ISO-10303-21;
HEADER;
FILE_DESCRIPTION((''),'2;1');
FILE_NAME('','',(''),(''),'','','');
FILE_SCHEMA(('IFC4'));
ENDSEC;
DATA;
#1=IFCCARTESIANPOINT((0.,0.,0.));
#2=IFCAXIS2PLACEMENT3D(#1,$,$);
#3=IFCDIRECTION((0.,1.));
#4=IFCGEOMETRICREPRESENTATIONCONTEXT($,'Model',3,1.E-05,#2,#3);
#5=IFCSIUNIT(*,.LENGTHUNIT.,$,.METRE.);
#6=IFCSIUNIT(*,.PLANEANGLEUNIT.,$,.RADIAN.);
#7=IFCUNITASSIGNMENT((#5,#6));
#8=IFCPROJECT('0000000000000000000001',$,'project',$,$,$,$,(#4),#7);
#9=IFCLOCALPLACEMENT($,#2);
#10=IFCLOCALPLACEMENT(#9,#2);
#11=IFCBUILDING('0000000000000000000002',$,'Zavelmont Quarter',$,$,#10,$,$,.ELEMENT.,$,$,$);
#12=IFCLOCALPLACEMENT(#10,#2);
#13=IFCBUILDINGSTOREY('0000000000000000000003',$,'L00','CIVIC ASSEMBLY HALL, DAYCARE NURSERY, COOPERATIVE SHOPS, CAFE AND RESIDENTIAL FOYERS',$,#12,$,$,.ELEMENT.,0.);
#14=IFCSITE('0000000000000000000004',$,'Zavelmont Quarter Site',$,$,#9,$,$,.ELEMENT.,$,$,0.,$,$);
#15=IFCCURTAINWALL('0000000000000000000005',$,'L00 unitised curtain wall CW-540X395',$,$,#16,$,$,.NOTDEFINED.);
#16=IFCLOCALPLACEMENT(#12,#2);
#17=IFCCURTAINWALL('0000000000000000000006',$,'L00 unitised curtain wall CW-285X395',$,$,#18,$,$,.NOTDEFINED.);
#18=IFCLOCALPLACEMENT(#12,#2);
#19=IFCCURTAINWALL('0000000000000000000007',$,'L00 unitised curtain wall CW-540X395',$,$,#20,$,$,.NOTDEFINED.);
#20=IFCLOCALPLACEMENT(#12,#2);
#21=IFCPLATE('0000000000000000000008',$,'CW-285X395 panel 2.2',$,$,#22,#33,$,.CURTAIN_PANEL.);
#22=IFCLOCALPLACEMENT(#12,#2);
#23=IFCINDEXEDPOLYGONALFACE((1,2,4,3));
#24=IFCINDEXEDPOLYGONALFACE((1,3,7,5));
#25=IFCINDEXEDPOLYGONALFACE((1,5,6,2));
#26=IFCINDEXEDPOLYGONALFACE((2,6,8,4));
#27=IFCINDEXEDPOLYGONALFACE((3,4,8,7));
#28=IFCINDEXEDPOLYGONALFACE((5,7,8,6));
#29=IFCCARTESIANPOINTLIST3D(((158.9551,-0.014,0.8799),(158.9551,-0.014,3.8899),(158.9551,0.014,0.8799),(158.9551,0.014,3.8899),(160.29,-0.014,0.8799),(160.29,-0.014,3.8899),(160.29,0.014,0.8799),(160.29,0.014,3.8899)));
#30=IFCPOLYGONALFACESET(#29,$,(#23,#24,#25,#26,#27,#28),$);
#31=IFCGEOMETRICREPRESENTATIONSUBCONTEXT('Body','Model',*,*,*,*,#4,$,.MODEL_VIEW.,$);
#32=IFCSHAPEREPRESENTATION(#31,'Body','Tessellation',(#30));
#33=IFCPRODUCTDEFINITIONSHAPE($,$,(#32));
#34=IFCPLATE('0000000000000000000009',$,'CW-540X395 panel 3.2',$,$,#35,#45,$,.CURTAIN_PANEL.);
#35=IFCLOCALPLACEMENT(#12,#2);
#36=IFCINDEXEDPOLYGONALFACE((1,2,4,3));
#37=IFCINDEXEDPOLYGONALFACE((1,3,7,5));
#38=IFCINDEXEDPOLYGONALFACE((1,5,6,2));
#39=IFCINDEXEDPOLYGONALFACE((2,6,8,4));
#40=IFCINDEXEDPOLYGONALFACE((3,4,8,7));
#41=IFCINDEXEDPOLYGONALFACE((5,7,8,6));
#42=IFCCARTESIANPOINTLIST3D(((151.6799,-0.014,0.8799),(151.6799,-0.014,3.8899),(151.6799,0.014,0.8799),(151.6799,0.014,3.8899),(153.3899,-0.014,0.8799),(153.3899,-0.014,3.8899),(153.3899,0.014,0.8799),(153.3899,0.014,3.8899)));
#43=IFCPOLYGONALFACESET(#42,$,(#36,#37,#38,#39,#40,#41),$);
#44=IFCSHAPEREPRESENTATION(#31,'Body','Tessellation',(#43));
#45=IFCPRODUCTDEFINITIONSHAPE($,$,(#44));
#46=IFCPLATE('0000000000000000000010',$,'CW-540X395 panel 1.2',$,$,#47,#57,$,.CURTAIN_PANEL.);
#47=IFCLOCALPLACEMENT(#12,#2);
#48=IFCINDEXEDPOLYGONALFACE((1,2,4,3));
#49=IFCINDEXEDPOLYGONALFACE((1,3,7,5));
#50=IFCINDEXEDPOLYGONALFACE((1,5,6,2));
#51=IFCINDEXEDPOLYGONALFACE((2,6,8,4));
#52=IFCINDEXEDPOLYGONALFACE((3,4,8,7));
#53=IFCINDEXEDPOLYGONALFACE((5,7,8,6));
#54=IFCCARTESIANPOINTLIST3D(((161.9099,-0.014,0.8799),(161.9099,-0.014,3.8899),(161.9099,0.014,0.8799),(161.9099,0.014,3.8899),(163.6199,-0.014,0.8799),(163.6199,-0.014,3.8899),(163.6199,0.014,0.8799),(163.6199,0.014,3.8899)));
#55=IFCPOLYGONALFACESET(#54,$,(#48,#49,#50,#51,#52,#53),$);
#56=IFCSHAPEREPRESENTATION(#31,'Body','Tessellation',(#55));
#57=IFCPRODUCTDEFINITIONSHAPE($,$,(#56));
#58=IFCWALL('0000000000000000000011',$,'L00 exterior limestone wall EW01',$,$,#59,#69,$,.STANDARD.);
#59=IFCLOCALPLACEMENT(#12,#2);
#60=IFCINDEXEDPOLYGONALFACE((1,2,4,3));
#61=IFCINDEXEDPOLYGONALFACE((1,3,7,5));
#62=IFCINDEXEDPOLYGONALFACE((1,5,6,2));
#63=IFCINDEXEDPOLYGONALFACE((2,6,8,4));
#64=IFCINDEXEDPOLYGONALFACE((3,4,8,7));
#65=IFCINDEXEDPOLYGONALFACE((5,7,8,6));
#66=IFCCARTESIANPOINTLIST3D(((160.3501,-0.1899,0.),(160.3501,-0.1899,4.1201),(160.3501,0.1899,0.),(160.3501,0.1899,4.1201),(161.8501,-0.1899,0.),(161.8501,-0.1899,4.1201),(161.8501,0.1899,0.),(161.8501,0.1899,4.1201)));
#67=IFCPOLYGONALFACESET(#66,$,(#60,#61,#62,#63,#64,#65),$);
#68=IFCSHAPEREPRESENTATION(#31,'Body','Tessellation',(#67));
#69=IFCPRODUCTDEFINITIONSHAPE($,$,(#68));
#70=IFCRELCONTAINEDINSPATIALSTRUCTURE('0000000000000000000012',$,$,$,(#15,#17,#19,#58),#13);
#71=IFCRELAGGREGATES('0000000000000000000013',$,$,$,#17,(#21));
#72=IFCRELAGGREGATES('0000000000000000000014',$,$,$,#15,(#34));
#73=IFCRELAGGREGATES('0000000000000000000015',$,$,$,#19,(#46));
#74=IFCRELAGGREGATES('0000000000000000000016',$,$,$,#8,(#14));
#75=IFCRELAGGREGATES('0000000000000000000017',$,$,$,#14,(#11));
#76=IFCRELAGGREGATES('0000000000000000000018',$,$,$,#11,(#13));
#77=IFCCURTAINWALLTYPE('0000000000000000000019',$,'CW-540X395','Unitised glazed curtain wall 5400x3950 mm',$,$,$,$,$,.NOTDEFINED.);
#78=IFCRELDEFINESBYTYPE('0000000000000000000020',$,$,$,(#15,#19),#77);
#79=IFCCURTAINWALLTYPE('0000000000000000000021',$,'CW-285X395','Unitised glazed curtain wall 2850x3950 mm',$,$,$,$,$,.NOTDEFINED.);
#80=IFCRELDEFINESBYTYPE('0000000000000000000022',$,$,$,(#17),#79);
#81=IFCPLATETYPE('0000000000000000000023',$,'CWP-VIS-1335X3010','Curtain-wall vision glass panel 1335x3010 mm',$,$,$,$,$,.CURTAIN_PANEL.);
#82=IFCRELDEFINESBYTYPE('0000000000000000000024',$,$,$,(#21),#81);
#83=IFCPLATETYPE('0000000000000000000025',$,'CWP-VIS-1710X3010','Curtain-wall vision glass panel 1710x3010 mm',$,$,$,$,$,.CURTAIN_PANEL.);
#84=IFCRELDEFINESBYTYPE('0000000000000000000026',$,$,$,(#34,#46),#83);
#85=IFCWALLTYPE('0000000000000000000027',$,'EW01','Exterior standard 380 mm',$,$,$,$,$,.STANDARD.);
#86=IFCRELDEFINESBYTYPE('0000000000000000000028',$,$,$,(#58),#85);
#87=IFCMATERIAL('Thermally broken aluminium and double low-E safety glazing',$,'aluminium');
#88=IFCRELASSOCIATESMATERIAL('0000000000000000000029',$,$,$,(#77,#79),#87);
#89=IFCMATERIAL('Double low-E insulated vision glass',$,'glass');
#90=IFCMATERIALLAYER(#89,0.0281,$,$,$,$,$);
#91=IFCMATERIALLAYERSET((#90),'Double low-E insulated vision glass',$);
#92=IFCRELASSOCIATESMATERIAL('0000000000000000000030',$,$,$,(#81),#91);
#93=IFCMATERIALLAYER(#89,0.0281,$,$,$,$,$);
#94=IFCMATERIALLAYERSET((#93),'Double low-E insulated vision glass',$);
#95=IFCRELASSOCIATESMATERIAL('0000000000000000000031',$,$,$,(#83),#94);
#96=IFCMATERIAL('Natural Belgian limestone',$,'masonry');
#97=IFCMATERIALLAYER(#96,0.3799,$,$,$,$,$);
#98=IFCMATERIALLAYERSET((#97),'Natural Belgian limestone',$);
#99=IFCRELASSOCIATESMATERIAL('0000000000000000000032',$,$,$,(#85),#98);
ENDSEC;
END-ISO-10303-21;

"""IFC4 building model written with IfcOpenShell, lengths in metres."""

from ifc_helpers import new_model, si_unit, direction, frame, frame_2d, origin, origin_2d, place, context, subcontext, project, spatial, rectangle, extrude, material, layer, layer_set, type_object, element, aggregate, save


model = new_model("IFC4")

# Units and contexts
model_context = context("Model", 3, precision=1e-05, world=origin(), true_north=direction((0.0, 1.0)))
body_context = subcontext(model_context, "Body", "Model", "MODEL_VIEW")
ifc_project = project(units=[si_unit("LENGTHUNIT", "METRE"), si_unit("PLANEANGLEUNIT", "RADIAN")], contexts=[model_context])

# Site, building, storey
site_placement = place(None, origin())
site = spatial("IfcSite", under=ifc_project, at=site_placement, Name="Zavelmont Quarter Site", CompositionType="ELEMENT", RefElevation=0.0)
building_placement = place(site_placement, origin())
building = spatial("IfcBuilding", under=site, at=building_placement, Name="Zavelmont Quarter", CompositionType="ELEMENT")
storey_placement = place(building_placement, origin())
storey = spatial("IfcBuildingStorey", under=building, at=storey_placement, Name="L00", Description="CIVIC ASSEMBLY HALL, DAYCARE NURSERY, COOPERATIVE SHOPS, CAFE AND RESIDENTIAL FOYERS", CompositionType="ELEMENT", Elevation=0.0)

# Curtain wall
ifc_material_1 = material(Name="Thermally broken aluminium and double low-E safety glazing", Category="aluminium")
curtain_wall_type_1 = type_object("IfcCurtainWallType", Name="CW-540X395", Description="Unitised glazed curtain wall 5400x3950 mm", PredefinedType="NOTDEFINED", material=ifc_material_1)
curtain_wall_1_placement = place(storey_placement, origin())
curtain_wall_1 = element("IfcCurtainWall", 1, at=curtain_wall_1_placement, inside=storey, type_object=curtain_wall_type_1, Name="L00 unitised curtain wall CW-540X395", PredefinedType="NOTDEFINED")

# Curtain walls
curtain_wall_type_2 = type_object("IfcCurtainWallType", Name="CW-285X395", Description="Unitised glazed curtain wall 2850x3950 mm", PredefinedType="NOTDEFINED", material=ifc_material_1)
curtain_wall_2_placement = place(storey_placement, origin())
curtain_wall_2 = element("IfcCurtainWall", 2, at=curtain_wall_2_placement, inside=storey, type_object=curtain_wall_type_2, Name="L00 unitised curtain wall CW-285X395", PredefinedType="NOTDEFINED")
curtain_wall_3_placement = place(storey_placement, origin())
curtain_wall_3 = element("IfcCurtainWall", 3, at=curtain_wall_3_placement, inside=storey, type_object=curtain_wall_type_1, Name="L00 unitised curtain wall CW-540X395", PredefinedType="NOTDEFINED")

# Plates
ifc_material_2 = material(Name="Double low-E insulated vision glass", Category="glass")
ifc_layer_1 = layer(ifc_material_2, 0.0281)
ifc_layer_set_1 = layer_set([ifc_layer_1], Name="Double low-E insulated vision glass")
plate_type_1 = type_object("IfcPlateType", Name="CWP-VIS-1335X3010", Description="Curtain-wall vision glass panel 1335x3010 mm", PredefinedType="CURTAIN_PANEL", material=ifc_layer_set_1)
plate_1_placement = place(storey_placement, frame((159.6226, 0.0, 0.8799), z_axis=(0.0, 0.0, 1.0), x_axis=(1.0, 0.0, 0.0)))
plate_1 = element("IfcPlate", 4, at=plate_1_placement, type_object=plate_type_1, Name="CW-285X395 panel 2.2", PredefinedType="CURTAIN_PANEL", context=body_context, shape_type="SweptSolid", body=[
    extrude(rectangle(XDim=1.335, YDim=0.0281, at=origin_2d()), origin(), (0.0, 0.0, 1.0), 3.01),
])
aggregate(curtain_wall_2, [plate_1])
ifc_layer_2 = layer(ifc_material_2, 0.0281)
ifc_layer_set_2 = layer_set([ifc_layer_2], Name="Double low-E insulated vision glass")
plate_type_2 = type_object("IfcPlateType", Name="CWP-VIS-1710X3010", Description="Curtain-wall vision glass panel 1710x3010 mm", PredefinedType="CURTAIN_PANEL", material=ifc_layer_set_2)
plate_2_placement = place(storey_placement, frame((152.5349, 0.0, 0.8799), z_axis=(0.0, 0.0, 1.0), x_axis=(1.0, 0.0, 0.0)))
plate_2 = element("IfcPlate", 5, at=plate_2_placement, type_object=plate_type_2, Name="CW-540X395 panel 3.2", PredefinedType="CURTAIN_PANEL", context=body_context, shape_type="SweptSolid", body=[
    extrude(rectangle(XDim=1.71, YDim=0.0281, at=origin_2d()), origin(), (0.0, 0.0, 1.0), 3.01),
])
aggregate(curtain_wall_1, [plate_2])
plate_3_placement = place(storey_placement, frame((162.7649, 0.0, 0.8799), z_axis=(0.0, 0.0, 1.0), x_axis=(1.0, 0.0, 0.0)))
plate_3 = element("IfcPlate", 6, at=plate_3_placement, type_object=plate_type_2, Name="CW-540X395 panel 1.2", PredefinedType="CURTAIN_PANEL", context=body_context, shape_type="SweptSolid", body=[
    extrude(rectangle(XDim=1.71, YDim=0.0281, at=origin_2d()), origin(), (0.0, 0.0, 1.0), 3.01),
])
aggregate(curtain_wall_3, [plate_3])

# Shared definitions
ifc_material_3 = material(Name="Natural Belgian limestone", Category="masonry")
ifc_layer_3 = layer(ifc_material_3, 0.3799)
ifc_layer_set_3 = layer_set([ifc_layer_3], Name="Natural Belgian limestone")
wall_type = type_object("IfcWallType", Name="EW01", Description="Exterior standard 380 mm", PredefinedType="STANDARD", material=ifc_layer_set_3)

# Wall
wall_1_placement = place(storey_placement, frame((160.3501, 0.0, 0.0), z_axis=(0.0, 0.0, 1.0), x_axis=(1.0, 0.0, 0.0)))
element("IfcWall", 7, at=wall_1_placement, inside=storey, type_object=wall_type, Name="L00 exterior limestone wall EW01", PredefinedType="STANDARD", context=body_context, shape_type="SweptSolid", body=[
    extrude(rectangle(XDim=1.5, YDim=0.3799, at=frame_2d((0.75, 0.0))), origin(), (0.0, 0.0, 1.0), 4.1201),
])

save(model, "model.ifc")
